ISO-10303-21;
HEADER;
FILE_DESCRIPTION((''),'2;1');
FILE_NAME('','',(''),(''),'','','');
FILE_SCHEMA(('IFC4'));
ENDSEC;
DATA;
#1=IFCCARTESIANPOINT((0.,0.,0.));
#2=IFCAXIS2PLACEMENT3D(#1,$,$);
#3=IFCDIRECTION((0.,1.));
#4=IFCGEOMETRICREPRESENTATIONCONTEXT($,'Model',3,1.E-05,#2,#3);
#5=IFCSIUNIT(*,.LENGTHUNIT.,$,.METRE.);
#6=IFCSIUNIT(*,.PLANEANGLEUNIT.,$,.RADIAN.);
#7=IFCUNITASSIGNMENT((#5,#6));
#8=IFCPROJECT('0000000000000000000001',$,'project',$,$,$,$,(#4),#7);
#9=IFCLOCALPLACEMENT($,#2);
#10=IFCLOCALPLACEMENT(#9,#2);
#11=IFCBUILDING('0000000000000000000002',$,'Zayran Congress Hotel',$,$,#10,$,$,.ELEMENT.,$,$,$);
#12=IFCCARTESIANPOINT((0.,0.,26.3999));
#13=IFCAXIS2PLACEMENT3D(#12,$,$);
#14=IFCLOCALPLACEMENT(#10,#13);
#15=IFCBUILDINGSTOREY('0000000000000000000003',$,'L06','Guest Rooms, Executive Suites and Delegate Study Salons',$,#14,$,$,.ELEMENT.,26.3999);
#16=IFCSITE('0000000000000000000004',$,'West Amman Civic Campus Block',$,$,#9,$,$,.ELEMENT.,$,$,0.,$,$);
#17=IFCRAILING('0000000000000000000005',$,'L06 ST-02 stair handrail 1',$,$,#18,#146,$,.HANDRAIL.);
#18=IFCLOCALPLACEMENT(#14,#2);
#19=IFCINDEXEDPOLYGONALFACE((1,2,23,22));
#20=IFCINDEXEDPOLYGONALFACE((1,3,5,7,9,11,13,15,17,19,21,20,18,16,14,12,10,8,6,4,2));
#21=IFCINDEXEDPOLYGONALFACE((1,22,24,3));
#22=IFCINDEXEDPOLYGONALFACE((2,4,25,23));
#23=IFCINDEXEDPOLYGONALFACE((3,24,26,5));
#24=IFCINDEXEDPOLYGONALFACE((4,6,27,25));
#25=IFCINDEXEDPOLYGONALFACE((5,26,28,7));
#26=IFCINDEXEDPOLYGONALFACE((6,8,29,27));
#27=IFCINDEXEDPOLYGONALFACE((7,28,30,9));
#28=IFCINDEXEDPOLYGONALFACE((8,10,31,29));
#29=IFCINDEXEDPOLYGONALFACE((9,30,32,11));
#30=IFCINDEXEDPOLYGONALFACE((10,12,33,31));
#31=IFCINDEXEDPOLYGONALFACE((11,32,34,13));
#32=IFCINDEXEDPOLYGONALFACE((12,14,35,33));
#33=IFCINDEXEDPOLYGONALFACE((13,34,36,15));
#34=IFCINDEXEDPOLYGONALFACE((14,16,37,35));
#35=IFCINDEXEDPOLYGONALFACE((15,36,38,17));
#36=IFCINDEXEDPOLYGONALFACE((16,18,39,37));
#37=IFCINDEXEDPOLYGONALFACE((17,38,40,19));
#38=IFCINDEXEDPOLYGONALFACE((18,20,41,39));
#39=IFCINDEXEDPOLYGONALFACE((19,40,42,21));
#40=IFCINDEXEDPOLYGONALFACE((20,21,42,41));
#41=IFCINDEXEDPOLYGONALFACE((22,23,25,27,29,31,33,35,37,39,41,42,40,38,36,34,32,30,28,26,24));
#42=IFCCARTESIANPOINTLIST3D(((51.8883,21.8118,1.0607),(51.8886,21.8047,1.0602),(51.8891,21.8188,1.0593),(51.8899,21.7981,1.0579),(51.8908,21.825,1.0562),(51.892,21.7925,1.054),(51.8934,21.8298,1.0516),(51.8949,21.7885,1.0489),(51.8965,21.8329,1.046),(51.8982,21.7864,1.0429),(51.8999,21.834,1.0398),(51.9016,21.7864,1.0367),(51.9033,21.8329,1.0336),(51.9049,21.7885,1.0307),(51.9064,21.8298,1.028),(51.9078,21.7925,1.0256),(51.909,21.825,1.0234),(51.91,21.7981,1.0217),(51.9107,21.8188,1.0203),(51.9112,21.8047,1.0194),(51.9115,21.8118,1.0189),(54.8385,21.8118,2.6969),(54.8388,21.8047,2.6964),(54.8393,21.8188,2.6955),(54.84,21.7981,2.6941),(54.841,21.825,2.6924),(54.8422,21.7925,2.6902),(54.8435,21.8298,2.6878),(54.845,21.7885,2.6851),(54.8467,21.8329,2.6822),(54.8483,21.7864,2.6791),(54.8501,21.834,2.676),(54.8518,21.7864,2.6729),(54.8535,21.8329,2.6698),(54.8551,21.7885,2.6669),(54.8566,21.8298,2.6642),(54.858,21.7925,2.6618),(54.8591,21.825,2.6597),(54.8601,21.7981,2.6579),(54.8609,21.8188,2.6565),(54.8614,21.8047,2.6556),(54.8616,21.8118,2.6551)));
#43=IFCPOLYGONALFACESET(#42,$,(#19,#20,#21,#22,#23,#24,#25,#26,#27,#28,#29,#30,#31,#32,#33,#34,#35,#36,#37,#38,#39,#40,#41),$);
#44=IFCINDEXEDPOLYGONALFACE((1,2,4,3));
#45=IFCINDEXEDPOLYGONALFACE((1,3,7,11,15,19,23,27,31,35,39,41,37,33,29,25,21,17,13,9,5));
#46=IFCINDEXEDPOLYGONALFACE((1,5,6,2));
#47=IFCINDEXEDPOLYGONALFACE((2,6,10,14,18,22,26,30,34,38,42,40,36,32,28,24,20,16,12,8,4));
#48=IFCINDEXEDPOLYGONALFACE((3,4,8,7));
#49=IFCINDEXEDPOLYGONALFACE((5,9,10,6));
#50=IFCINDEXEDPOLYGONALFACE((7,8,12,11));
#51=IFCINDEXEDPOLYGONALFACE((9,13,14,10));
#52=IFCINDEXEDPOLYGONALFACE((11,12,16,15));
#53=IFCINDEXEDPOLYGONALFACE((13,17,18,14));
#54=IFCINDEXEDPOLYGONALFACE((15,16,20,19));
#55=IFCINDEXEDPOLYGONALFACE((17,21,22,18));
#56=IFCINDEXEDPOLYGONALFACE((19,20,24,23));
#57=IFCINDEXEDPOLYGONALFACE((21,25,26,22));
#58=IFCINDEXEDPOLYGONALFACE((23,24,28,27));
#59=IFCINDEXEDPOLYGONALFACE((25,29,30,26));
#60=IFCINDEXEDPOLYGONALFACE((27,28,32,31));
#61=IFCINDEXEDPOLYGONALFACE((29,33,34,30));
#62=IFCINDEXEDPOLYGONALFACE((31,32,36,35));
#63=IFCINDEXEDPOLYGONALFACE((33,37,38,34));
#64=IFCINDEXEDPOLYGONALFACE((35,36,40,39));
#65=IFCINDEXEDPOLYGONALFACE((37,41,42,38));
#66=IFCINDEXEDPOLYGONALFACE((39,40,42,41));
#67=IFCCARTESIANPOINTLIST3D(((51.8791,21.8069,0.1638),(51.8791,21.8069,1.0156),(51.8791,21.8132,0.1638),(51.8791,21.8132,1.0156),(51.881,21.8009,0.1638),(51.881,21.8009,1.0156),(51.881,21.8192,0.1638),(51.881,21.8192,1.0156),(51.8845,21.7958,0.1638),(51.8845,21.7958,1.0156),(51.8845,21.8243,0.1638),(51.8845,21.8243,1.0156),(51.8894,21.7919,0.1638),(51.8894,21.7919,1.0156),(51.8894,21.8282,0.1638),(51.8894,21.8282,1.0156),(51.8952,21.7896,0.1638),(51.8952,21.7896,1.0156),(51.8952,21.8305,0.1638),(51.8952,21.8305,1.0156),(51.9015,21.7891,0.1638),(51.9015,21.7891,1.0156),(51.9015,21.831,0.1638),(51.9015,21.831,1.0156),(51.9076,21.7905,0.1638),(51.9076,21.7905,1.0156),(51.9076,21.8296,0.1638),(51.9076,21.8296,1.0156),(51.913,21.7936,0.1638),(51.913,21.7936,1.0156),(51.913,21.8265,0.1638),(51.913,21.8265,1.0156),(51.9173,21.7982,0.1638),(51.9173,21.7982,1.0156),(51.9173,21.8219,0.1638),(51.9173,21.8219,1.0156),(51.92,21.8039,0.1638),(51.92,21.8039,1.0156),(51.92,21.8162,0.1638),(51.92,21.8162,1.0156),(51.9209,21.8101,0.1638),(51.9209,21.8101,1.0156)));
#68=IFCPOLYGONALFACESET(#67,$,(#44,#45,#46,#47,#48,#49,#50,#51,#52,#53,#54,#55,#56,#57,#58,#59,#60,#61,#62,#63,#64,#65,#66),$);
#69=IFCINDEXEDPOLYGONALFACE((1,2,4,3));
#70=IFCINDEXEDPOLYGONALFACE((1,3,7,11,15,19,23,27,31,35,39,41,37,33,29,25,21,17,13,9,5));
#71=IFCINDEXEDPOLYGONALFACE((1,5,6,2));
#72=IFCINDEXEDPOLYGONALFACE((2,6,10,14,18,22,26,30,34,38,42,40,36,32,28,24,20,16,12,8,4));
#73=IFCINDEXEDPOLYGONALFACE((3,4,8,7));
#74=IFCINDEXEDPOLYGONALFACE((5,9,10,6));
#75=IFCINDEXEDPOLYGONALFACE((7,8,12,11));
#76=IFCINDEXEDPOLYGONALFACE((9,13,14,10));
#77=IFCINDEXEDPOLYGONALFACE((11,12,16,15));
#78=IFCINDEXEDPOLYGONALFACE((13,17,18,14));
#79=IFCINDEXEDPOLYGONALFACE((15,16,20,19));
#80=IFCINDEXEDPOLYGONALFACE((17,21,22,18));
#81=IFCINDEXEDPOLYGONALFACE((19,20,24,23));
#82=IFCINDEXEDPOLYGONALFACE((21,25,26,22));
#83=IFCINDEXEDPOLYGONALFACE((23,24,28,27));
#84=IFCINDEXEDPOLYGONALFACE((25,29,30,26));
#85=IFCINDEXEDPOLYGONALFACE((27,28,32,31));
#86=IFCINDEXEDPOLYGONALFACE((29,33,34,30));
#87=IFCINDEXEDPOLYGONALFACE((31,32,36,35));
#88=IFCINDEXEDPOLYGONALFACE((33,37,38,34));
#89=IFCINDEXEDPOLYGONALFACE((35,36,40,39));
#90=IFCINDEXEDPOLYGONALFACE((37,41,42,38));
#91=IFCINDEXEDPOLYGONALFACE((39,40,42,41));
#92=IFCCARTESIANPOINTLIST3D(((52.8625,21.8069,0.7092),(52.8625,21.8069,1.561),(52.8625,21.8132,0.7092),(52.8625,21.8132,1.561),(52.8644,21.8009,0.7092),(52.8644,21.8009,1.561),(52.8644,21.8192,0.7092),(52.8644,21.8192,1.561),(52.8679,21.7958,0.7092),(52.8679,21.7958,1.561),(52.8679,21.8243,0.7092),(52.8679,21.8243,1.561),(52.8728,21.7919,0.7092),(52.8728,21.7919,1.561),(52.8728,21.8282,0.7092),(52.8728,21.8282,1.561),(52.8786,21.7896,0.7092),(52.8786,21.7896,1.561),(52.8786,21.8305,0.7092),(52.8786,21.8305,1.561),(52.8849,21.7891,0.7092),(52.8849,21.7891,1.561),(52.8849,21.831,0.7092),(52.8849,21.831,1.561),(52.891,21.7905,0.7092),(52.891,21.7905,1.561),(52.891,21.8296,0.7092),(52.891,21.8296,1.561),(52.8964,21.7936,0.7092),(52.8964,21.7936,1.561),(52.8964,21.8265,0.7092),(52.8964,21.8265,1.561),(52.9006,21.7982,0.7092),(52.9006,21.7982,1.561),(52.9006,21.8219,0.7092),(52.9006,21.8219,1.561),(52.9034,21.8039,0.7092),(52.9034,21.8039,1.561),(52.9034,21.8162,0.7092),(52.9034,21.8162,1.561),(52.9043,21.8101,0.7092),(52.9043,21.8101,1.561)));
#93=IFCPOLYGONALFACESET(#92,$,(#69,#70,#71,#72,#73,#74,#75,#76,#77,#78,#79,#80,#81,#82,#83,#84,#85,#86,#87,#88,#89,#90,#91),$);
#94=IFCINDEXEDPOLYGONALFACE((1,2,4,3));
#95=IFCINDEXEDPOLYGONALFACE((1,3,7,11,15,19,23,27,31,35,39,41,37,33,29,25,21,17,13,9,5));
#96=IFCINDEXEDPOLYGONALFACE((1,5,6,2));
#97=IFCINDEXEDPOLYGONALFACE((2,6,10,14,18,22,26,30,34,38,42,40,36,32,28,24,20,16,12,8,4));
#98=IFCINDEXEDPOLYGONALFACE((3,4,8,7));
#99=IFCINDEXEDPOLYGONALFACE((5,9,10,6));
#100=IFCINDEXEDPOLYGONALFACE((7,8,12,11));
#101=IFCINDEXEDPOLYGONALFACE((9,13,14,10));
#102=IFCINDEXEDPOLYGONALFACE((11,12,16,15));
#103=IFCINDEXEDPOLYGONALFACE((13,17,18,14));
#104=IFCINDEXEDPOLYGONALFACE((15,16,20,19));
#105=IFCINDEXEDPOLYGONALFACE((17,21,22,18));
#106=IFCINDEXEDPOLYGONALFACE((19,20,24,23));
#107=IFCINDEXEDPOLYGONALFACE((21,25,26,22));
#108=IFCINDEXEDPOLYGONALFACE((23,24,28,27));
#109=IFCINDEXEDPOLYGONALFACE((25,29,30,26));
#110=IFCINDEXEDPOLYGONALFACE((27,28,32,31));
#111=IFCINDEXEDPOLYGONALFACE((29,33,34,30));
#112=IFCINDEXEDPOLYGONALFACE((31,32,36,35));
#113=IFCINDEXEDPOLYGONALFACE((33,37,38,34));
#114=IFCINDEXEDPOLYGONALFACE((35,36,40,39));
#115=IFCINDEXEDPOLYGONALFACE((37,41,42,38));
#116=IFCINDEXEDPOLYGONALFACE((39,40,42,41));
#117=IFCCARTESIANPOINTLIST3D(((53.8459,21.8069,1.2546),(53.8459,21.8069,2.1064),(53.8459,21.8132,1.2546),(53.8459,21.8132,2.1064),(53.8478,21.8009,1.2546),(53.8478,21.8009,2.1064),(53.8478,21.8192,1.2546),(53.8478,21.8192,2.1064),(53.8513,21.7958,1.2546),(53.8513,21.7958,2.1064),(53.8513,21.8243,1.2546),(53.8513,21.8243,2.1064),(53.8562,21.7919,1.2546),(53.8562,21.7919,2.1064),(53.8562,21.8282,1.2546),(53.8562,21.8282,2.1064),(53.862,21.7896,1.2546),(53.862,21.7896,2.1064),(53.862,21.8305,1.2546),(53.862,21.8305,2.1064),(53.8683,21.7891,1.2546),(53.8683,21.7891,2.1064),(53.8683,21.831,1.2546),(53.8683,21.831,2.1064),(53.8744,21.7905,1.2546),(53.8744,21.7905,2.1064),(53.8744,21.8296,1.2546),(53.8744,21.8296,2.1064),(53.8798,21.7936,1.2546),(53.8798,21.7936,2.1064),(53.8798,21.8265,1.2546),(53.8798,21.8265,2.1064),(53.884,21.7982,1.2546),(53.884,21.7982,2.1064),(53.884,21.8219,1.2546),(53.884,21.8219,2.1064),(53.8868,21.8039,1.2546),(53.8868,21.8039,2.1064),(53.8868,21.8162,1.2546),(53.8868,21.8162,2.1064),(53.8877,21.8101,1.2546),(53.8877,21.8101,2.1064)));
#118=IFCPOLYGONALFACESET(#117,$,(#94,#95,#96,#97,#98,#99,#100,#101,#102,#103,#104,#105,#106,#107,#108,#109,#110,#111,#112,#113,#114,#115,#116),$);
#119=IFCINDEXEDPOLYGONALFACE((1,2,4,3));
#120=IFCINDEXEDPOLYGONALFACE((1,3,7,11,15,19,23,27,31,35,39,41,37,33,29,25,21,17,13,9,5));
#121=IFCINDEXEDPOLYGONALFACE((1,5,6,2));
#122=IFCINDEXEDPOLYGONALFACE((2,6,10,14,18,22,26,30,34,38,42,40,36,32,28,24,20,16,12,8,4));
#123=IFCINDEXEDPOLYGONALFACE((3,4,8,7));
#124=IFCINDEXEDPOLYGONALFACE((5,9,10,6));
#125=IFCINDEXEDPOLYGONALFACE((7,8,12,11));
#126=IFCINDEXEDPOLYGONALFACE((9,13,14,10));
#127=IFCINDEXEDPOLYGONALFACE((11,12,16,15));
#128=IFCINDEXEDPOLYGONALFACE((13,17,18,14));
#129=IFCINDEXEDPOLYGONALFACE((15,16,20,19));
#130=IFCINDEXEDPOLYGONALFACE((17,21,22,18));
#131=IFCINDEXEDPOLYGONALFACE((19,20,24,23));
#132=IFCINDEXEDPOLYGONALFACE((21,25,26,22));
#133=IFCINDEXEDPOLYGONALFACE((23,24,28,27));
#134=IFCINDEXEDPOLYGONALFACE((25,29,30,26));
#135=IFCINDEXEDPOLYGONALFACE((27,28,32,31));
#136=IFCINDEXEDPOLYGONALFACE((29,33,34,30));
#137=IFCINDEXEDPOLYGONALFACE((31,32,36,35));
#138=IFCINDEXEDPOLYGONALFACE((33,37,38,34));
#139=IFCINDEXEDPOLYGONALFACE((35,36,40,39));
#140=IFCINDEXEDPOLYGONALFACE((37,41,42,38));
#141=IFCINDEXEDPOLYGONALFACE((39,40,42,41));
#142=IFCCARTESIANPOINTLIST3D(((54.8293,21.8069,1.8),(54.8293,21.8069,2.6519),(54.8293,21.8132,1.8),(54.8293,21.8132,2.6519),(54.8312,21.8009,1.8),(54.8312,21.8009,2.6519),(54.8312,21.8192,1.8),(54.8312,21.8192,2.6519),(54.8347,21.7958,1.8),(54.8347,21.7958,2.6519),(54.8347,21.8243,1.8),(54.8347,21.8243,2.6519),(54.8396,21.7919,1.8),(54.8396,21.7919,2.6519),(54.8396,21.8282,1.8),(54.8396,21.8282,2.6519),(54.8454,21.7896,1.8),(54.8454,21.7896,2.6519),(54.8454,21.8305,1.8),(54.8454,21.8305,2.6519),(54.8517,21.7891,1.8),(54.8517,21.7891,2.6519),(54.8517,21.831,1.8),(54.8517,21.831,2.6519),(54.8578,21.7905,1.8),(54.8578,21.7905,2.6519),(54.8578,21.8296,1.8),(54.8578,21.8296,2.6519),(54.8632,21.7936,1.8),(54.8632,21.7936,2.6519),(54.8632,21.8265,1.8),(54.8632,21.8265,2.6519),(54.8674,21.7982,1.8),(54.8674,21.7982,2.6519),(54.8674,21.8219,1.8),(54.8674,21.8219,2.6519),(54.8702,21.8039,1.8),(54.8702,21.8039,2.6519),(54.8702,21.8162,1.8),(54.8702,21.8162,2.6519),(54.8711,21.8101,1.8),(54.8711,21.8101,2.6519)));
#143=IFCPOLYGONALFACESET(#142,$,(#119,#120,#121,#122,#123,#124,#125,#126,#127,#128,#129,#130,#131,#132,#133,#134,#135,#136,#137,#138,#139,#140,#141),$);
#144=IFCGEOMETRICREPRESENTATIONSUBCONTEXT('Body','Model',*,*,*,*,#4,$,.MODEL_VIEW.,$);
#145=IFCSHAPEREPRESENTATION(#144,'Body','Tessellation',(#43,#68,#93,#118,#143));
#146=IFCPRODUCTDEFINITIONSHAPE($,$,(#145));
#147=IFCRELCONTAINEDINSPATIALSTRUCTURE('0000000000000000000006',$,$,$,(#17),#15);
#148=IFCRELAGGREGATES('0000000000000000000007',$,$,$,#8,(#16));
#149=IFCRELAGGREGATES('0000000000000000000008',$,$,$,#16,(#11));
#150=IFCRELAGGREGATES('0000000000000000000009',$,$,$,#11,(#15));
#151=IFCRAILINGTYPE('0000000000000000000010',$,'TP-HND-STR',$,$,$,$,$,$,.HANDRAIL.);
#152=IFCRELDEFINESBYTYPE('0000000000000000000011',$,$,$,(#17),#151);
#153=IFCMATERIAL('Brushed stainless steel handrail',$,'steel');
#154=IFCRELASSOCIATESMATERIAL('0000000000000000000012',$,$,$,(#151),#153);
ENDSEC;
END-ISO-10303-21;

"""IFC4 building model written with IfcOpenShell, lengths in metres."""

from ifc_helpers import new_model, si_unit, direction, frame, origin, origin_2d, place, context, subcontext, project, spatial, circle, extrude, material, type_object, element, save


model = new_model("IFC4")

# Units and contexts
model_context = context("Model", 3, precision=1e-05, world=origin(), true_north=direction((0.0, 1.0)))
body_context = subcontext(model_context, "Body", "Model", "MODEL_VIEW")
ifc_project = project(units=[si_unit("LENGTHUNIT", "METRE"), si_unit("PLANEANGLEUNIT", "RADIAN")], contexts=[model_context])

# Site, building, storey
site_placement = place(None, origin())
site = spatial("IfcSite", under=ifc_project, at=site_placement, Name="West Amman Civic Campus Block", CompositionType="ELEMENT", RefElevation=0.0)
building_placement = place(site_placement, origin())
building = spatial("IfcBuilding", under=site, at=building_placement, Name="Zayran Congress Hotel", CompositionType="ELEMENT")
storey_placement = place(building_placement, frame((0.0, 0.0, 26.3999)))
storey = spatial("IfcBuildingStorey", under=building, at=storey_placement, Name="L06", Description="Guest Rooms, Executive Suites and Delegate Study Salons", CompositionType="ELEMENT", Elevation=26.3999)

# Railing
ifc_material_1 = material(Name="Brushed stainless steel handrail", Category="steel")
railing_type = type_object("IfcRailingType", Name="TP-HND-STR", PredefinedType="HANDRAIL", material=ifc_material_1)
railing_placement = place(storey_placement, frame((51.8999, 21.8101, 0.1638)))
element("IfcRailing", 1, at=railing_placement, inside=storey, type_object=railing_type, Name="L06 ST-02 stair handrail 1", PredefinedType="HANDRAIL", context=body_context, shape_type="SweptSolid", body=[
    extrude(circle(Radius=0.0239, at=origin_2d()), frame((0.0, 0.0, 0.876), z_axis=(0.874505, 0.0, 0.485016), x_axis=(0.0, 1.0, 0.0)), (0.0, 0.0, 1.0), 3.3735),
    extrude(circle(Radius=0.021, at=origin_2d()), origin(), (0.0, 0.0, 1.0), 0.8518),
    extrude(circle(Radius=0.021, at=origin_2d()), frame((0.9834, 0.0, 0.5454)), (0.0, 0.0, 1.0), 0.8518),
    extrude(circle(Radius=0.021, at=origin_2d()), frame((1.9668, 0.0, 1.0908)), (0.0, 0.0, 1.0), 0.8518),
    extrude(circle(Radius=0.021, at=origin_2d()), frame((2.9502, 0.0, 1.6362)), (0.0, 0.0, 1.0), 0.8518),
])

save(model, "model.ifc")
